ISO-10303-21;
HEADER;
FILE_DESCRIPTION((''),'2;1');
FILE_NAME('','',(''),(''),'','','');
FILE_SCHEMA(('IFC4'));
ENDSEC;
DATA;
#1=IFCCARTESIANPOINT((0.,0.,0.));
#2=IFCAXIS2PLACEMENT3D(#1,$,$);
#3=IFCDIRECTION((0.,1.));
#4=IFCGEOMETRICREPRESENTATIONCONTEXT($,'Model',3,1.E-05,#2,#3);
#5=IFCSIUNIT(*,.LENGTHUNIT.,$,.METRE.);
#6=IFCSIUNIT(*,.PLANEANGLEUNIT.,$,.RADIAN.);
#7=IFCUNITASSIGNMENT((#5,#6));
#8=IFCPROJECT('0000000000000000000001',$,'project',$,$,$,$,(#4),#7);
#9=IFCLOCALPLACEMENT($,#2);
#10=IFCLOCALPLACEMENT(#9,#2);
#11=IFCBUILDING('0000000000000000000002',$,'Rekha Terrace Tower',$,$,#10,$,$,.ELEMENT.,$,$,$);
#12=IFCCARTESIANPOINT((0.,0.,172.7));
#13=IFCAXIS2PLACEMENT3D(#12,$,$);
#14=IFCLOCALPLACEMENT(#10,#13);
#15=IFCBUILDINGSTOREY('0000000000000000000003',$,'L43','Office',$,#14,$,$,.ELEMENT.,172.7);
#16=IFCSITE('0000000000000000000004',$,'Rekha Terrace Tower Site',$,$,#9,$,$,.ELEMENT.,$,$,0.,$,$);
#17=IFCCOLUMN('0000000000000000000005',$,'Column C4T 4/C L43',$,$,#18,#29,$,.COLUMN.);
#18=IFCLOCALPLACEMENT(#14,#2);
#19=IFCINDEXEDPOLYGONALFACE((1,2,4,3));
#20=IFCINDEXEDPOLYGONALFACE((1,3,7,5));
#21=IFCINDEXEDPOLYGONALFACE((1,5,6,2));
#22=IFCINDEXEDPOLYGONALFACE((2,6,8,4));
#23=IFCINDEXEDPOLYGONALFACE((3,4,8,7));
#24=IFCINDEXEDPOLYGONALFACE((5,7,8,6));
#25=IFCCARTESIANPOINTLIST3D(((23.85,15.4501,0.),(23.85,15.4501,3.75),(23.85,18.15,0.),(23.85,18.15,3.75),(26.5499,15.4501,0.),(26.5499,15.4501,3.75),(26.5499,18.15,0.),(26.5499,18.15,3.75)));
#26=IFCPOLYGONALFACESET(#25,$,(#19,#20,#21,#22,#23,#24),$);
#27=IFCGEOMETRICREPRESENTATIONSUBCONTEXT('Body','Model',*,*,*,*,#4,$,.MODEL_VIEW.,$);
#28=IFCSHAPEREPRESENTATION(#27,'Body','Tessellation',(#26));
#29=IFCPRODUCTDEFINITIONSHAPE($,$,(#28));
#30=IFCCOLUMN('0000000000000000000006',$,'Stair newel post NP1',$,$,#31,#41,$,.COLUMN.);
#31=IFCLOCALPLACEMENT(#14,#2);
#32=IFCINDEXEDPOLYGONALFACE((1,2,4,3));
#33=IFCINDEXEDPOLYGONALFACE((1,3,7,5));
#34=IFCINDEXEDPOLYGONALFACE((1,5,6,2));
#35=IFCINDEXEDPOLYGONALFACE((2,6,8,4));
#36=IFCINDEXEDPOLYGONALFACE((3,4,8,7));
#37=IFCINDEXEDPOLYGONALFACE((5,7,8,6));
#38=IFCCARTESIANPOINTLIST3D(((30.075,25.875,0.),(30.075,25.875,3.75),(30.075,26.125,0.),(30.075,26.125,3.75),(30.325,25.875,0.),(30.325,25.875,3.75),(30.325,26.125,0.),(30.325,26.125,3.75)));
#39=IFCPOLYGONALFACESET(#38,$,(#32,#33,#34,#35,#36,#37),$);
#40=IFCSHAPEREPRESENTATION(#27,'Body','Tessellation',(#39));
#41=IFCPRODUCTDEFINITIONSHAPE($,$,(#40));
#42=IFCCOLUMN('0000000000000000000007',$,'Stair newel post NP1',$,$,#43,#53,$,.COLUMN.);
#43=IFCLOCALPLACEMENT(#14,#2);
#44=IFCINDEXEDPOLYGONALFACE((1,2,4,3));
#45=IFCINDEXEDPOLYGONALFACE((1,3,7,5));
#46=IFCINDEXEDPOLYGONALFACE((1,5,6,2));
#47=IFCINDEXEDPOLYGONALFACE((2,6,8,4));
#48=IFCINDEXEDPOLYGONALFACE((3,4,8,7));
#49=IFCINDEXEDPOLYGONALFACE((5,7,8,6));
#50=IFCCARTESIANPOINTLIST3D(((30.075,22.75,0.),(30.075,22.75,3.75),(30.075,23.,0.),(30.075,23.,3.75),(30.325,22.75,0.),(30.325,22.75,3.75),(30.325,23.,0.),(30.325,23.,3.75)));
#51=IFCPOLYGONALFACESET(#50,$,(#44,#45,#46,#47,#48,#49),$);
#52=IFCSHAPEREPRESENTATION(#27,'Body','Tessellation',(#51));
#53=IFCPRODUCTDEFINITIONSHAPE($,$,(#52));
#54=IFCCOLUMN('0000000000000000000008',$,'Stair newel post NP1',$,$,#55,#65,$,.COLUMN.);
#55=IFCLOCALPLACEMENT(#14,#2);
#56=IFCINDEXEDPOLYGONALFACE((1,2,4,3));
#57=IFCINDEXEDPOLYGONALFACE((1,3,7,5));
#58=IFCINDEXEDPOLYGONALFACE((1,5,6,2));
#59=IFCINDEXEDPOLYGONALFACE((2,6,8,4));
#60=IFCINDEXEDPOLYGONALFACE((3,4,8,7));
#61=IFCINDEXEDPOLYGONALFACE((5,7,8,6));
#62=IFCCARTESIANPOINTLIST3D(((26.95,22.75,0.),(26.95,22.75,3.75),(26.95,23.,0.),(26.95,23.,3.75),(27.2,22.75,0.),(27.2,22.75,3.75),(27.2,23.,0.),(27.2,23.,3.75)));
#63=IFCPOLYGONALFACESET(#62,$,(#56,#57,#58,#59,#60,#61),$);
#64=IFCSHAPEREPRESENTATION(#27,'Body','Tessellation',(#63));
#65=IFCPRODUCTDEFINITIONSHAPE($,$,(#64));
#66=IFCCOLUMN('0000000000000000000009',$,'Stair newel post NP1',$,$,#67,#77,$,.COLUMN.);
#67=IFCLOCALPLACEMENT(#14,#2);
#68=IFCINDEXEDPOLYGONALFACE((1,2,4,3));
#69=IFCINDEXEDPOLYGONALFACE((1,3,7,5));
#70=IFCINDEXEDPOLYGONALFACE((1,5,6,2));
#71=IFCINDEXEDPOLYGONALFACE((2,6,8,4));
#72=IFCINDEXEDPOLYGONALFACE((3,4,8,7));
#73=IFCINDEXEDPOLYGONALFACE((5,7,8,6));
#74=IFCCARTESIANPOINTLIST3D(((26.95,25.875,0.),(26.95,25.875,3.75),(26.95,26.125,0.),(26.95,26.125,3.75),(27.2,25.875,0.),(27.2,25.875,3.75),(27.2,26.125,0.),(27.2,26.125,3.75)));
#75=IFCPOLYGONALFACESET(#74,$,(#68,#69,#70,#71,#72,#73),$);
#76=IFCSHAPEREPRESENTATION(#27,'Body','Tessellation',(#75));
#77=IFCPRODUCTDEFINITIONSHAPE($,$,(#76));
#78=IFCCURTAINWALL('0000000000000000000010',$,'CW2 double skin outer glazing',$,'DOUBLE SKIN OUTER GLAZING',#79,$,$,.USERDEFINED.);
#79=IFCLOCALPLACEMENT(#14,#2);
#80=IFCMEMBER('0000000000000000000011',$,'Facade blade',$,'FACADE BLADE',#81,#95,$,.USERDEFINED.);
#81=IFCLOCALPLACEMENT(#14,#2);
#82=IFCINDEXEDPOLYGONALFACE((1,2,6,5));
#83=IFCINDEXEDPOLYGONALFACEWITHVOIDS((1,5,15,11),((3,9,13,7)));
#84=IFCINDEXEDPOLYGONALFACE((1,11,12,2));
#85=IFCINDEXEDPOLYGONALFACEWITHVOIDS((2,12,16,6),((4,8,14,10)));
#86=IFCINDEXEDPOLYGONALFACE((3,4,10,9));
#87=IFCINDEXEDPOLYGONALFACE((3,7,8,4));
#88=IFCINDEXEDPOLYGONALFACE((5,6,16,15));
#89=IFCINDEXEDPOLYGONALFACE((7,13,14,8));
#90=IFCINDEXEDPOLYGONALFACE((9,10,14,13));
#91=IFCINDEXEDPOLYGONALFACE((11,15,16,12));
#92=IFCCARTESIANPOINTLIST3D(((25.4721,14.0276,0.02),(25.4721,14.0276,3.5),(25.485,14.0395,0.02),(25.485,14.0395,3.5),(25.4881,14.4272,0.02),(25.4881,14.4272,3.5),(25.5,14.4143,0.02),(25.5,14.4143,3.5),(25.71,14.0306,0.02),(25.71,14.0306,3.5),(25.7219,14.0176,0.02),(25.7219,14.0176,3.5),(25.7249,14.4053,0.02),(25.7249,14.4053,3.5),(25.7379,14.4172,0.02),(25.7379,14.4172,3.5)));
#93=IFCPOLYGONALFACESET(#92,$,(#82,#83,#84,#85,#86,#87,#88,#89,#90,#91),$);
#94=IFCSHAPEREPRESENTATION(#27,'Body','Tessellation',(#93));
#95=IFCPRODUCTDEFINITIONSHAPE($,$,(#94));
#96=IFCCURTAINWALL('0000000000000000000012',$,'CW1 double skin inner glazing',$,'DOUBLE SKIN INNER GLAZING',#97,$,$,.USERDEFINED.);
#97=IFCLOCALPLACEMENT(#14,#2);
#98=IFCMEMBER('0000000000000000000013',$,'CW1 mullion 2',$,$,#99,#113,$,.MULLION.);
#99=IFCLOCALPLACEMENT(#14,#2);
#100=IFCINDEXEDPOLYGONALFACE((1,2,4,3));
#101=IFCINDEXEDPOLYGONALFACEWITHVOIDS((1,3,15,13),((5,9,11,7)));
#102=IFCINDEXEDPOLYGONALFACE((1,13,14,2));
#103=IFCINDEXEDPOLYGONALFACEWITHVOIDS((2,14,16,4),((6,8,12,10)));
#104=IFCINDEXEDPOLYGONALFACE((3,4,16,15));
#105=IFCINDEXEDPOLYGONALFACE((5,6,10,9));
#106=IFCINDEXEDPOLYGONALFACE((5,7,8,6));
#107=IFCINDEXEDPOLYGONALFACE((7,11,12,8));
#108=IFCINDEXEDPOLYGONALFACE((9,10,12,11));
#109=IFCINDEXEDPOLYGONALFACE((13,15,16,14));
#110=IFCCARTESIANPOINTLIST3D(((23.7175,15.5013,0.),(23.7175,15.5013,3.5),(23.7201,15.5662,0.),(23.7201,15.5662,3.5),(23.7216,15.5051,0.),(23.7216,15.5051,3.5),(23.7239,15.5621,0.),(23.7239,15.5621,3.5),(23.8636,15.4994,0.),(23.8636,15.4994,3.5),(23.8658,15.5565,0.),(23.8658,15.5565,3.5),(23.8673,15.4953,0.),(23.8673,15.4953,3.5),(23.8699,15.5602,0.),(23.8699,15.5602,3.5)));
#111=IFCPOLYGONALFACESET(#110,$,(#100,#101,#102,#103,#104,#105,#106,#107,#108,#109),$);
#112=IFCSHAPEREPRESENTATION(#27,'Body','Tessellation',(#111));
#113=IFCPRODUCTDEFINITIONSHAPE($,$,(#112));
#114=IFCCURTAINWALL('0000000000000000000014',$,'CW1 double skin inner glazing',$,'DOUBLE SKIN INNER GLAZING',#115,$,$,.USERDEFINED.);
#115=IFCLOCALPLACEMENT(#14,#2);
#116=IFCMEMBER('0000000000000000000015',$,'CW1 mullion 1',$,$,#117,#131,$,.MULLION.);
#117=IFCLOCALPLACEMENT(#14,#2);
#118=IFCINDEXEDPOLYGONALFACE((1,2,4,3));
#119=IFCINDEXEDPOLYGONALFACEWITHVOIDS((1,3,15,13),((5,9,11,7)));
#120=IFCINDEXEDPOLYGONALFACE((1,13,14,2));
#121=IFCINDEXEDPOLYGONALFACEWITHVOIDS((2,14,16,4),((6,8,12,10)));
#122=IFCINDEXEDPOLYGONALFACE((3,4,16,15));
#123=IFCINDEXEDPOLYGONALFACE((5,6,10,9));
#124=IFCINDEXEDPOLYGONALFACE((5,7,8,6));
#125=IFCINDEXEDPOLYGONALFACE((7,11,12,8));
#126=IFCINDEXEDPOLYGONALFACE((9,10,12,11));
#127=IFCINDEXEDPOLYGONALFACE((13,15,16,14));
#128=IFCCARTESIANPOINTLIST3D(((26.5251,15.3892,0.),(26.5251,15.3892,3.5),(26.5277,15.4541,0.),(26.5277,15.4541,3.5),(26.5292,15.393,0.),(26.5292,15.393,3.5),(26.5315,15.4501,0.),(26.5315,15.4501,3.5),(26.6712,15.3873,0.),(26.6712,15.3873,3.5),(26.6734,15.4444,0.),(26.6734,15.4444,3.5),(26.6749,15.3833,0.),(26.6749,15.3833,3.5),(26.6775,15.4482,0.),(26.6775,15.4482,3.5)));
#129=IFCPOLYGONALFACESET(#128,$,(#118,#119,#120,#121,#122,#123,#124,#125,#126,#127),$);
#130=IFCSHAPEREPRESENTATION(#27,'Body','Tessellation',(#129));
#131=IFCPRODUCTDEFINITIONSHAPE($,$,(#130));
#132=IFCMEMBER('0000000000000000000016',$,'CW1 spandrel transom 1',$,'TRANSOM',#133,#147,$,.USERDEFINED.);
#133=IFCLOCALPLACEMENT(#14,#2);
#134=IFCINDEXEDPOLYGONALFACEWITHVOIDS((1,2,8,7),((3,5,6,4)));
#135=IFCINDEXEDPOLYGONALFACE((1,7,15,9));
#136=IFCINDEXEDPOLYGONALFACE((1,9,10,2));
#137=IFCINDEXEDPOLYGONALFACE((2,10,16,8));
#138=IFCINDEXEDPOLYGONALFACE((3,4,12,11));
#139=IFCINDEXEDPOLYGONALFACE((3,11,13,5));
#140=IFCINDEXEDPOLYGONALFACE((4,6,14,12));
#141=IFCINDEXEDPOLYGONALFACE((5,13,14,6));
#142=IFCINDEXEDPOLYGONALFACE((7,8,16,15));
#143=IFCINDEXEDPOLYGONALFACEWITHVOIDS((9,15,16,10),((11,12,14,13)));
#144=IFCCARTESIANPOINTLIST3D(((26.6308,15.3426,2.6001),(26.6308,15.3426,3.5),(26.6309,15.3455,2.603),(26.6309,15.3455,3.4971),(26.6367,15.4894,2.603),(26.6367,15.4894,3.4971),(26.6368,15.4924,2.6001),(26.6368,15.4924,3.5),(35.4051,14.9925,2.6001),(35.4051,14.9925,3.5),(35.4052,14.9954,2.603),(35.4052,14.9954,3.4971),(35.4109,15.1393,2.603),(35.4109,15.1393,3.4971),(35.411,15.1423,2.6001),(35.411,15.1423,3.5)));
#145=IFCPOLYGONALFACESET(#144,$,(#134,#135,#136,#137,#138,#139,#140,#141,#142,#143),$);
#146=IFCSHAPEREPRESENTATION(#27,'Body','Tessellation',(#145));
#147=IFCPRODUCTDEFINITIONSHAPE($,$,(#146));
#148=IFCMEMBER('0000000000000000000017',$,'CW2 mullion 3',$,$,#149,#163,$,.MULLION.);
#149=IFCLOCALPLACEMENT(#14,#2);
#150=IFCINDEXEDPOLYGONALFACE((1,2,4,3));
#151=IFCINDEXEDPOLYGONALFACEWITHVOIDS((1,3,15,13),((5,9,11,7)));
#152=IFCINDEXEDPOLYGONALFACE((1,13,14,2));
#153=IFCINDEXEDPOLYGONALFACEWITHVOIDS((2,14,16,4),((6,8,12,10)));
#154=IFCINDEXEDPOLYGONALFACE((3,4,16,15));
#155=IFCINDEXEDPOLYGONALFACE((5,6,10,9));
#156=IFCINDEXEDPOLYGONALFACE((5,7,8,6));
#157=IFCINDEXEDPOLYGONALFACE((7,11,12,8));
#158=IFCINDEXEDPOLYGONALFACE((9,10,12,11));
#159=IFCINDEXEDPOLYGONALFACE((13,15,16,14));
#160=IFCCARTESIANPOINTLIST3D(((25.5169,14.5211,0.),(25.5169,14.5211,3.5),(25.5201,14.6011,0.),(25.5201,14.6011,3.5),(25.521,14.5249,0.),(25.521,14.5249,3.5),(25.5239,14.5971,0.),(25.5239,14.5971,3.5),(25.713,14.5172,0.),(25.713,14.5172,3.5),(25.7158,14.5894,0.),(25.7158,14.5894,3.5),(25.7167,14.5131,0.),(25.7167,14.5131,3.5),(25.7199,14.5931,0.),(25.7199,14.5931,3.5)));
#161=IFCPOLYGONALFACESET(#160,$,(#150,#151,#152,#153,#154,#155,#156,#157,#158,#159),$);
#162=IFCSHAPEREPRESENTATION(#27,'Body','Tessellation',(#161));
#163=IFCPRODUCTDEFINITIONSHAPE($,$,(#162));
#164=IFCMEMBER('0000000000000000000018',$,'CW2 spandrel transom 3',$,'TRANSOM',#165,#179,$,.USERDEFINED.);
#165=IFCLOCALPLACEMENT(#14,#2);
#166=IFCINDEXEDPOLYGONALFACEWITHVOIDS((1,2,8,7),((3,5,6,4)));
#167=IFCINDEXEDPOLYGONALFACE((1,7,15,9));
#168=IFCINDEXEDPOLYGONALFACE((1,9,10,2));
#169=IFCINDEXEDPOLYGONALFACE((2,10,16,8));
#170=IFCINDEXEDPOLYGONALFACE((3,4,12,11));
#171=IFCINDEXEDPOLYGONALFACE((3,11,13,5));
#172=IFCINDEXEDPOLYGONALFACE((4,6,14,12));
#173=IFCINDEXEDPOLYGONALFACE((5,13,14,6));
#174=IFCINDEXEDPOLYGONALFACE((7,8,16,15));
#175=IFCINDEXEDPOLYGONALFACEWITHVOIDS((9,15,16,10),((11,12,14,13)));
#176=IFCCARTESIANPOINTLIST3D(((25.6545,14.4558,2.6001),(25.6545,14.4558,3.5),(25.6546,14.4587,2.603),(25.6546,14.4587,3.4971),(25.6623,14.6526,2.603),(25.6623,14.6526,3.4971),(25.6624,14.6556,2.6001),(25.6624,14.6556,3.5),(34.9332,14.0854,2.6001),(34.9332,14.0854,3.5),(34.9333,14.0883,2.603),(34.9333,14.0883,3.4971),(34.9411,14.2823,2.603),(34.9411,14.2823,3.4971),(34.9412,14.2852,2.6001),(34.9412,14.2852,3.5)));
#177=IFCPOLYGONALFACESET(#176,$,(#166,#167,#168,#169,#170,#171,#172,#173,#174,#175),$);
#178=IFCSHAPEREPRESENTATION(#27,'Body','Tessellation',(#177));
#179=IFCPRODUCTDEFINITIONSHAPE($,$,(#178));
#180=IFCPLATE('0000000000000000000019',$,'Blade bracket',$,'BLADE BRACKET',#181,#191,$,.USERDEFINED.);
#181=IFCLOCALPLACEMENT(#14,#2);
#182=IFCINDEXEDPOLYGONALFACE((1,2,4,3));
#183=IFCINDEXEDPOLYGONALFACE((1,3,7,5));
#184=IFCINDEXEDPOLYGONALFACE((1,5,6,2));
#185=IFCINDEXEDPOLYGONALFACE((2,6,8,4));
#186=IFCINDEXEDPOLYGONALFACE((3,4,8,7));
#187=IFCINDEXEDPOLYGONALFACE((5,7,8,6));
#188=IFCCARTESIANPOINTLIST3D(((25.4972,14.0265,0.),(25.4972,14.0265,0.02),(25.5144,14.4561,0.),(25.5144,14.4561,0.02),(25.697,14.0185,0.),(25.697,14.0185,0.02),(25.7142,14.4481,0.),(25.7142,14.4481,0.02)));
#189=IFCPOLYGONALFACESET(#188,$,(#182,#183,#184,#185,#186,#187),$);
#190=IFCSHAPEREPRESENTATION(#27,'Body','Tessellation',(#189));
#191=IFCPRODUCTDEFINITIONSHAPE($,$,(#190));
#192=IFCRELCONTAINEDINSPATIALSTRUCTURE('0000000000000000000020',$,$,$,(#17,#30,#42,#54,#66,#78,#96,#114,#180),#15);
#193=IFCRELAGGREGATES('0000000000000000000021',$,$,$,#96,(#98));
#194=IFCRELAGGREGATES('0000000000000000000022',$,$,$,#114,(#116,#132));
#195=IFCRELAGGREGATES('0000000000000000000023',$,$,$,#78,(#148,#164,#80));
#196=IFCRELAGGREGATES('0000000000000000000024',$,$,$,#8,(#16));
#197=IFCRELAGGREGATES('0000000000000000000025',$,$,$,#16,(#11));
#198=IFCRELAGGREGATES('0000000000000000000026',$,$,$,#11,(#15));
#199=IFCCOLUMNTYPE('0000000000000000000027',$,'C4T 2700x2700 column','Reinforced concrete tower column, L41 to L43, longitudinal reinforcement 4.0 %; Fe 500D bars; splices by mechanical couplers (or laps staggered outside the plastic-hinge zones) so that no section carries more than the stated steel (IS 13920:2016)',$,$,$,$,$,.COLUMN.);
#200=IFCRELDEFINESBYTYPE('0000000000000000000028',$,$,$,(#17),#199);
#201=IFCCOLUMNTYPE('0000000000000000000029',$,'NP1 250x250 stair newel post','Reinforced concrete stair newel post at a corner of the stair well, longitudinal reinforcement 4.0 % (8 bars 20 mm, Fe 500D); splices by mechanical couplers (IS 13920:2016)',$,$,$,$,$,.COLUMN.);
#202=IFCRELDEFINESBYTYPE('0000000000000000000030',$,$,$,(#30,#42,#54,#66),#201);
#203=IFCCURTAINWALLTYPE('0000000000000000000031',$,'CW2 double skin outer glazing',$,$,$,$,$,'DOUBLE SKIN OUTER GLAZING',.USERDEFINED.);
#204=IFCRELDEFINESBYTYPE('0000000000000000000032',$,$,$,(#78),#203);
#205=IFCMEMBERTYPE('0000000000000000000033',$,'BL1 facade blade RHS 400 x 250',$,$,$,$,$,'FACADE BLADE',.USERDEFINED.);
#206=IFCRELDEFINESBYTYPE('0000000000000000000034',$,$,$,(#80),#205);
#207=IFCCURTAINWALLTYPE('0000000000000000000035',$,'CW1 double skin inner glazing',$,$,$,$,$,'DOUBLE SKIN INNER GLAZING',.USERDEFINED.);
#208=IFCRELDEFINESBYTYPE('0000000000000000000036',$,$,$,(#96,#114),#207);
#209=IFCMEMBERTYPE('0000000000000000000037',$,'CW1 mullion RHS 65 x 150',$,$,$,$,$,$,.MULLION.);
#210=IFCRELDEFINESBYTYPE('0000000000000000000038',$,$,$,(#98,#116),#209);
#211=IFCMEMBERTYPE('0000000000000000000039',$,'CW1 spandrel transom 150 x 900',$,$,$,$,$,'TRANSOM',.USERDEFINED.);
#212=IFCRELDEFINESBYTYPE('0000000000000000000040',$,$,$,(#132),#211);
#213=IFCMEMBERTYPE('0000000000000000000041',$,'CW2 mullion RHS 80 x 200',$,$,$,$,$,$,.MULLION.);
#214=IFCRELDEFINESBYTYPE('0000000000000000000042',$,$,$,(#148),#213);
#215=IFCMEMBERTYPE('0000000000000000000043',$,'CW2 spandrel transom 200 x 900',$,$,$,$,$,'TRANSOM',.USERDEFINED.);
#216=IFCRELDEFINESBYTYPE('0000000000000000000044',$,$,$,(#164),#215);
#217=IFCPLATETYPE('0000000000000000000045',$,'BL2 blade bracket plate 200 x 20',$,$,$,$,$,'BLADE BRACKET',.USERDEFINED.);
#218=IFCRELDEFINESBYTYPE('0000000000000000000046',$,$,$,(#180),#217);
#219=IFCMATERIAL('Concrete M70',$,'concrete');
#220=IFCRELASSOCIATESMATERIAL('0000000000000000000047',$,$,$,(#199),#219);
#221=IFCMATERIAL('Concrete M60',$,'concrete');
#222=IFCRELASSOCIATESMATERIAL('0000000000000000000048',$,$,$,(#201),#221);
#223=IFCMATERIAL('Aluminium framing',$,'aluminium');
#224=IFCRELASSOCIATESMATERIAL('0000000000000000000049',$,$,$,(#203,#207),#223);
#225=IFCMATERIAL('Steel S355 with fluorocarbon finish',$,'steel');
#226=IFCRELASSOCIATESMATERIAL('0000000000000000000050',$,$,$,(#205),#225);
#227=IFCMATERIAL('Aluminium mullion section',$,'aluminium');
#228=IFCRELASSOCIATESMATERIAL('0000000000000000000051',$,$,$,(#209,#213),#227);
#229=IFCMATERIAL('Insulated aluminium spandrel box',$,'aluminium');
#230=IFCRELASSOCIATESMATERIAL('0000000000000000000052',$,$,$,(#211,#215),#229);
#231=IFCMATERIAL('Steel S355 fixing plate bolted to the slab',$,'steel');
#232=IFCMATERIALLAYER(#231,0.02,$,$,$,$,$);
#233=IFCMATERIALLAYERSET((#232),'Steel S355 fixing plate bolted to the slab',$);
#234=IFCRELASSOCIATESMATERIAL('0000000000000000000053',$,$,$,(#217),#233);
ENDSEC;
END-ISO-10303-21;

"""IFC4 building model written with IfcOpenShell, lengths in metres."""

from ifc_helpers import new_model, si_unit, direction, frame, origin, origin_2d, place, context, subcontext, project, spatial, rectangle, hollow_rectangle, extrude, material, layer, layer_set, material_profile, profile_set, type_object, element, aggregate, save


model = new_model("IFC4")

# Units and contexts
model_context = context("Model", 3, precision=1e-05, world=origin(), true_north=direction((0.0, 1.0)))
body_context = subcontext(model_context, "Body", "Model", "MODEL_VIEW")
ifc_project = project(units=[si_unit("LENGTHUNIT", "METRE"), si_unit("PLANEANGLEUNIT", "RADIAN")], contexts=[model_context])

# Site, building, storey
site_placement = place(None, origin())
site = spatial("IfcSite", under=ifc_project, at=site_placement, Name="Rekha Terrace Tower Site", CompositionType="ELEMENT", RefElevation=0.0)
building_placement = place(site_placement, origin())
building = spatial("IfcBuilding", under=site, at=building_placement, Name="Rekha Terrace Tower", CompositionType="ELEMENT")
storey_placement = place(building_placement, frame((0.0, 0.0, 172.7)))
storey = spatial("IfcBuildingStorey", under=building, at=storey_placement, Name="L43", Description="Office", CompositionType="ELEMENT", Elevation=172.7)

# Columns
ifc_material_1 = material(Name="Concrete M70", Category="concrete")
ifc_material_profile_1 = material_profile(ifc_material_1, rectangle(XDim=2.7, YDim=2.7, at=origin_2d()), Name="RC 2700x2700")
ifc_profile_set_1 = profile_set([ifc_material_profile_1], Name="Concrete M70")
column_type_1 = type_object("IfcColumnType", Name="C4T 2700x2700 column", Description="Reinforced concrete tower column, L41 to L43, longitudinal reinforcement 4.0 %; Fe 500D bars; splices by mechanical couplers (or laps staggered outside the plastic-hinge zones) so that no section carries more than the stated steel (IS 13920:2016)", PredefinedType="COLUMN", material=ifc_profile_set_1)
column_placement = place(storey_placement, frame((25.2, 16.8, 0.0), z_axis=(0.0, 0.0, 1.0), x_axis=(1.0, 0.0, 0.0)))
element("IfcColumn", 1, at=column_placement, inside=storey, type_object=column_type_1, Name="Column C4T 4/C L43", PredefinedType="COLUMN", context=body_context, shape_type="SweptSolid", body=[
    extrude(rectangle(XDim=2.7, YDim=2.7, at=origin_2d()), origin(), (0.0, 0.0, 1.0), 3.75),
])
ifc_material_2 = material(Name="Concrete M60", Category="concrete")
ifc_material_profile_2 = material_profile(ifc_material_2, rectangle(XDim=0.25, YDim=0.25, at=origin_2d()), Name="RC 250x250")
ifc_profile_set_2 = profile_set([ifc_material_profile_2], Name="Concrete M60")
column_type_2 = type_object("IfcColumnType", Name="NP1 250x250 stair newel post", Description="Reinforced concrete stair newel post at a corner of the stair well, longitudinal reinforcement 4.0 % (8 bars 20 mm, Fe 500D); splices by mechanical couplers (IS 13920:2016)", PredefinedType="COLUMN", material=ifc_profile_set_2)
for number, where, z_axis, x_axis, name in (
    (2, (30.2, 26.0, 0.0), (0.0, 0.0, 1.0), (1.0, 0.0, 0.0), "Stair newel post NP1"),
    (3, (30.2, 22.875, 0.0), (0.0, 0.0, 1.0), (1.0, 0.0, 0.0), "Stair newel post NP1"),
    (4, (27.075, 22.875, 0.0), (0.0, 0.0, 1.0), (1.0, 0.0, 0.0), "Stair newel post NP1"),
    (5, (27.075, 26.0, 0.0), (0.0, 0.0, 1.0), (1.0, 0.0, 0.0), "Stair newel post NP1"),
):
    element("IfcColumn", number, at=place(storey_placement, frame(where, z_axis=z_axis, x_axis=x_axis)), inside=storey, type_object=column_type_2, Name=name, PredefinedType="COLUMN", context=body_context, shape_type="SweptSolid", body=[
        extrude(rectangle(XDim=0.25, YDim=0.25, at=origin_2d()), origin(), (0.0, 0.0, 1.0), 3.75),
    ])

# Curtain walls, members
ifc_material_3 = material(Name="Aluminium framing", Category="aluminium")
curtain_wall_type_1 = type_object("IfcCurtainWallType", Name="CW2 double skin outer glazing", ElementType="DOUBLE SKIN OUTER GLAZING", PredefinedType="USERDEFINED", material=ifc_material_3)
curtain_wall_1_placement = place(storey_placement, origin())
curtain_wall_1 = element("IfcCurtainWall", 6, at=curtain_wall_1_placement, inside=storey, type_object=curtain_wall_type_1, Name="CW2 double skin outer glazing", ObjectType="DOUBLE SKIN OUTER GLAZING", PredefinedType="USERDEFINED")
ifc_material_4 = material(Name="Steel S355 with fluorocarbon finish", Category="steel")
ifc_material_profile_3 = material_profile(ifc_material_4, hollow_rectangle(XDim=0.25, YDim=0.3999, WallThickness=0.0125, at=origin_2d()), Name="RHS400x250x12.5")
ifc_profile_set_3 = profile_set([ifc_material_profile_3], Name="Steel S355 with fluorocarbon finish")
member_type_1 = type_object("IfcMemberType", Name="BL1 facade blade RHS 400 x 250", ElementType="FACADE BLADE", PredefinedType="USERDEFINED", material=ifc_profile_set_3)
member_1_placement = place(storey_placement, frame((25.605, 14.2224, 0.02), z_axis=(0.0, 0.0, 1.0), x_axis=(0.999205, -0.039872, 0.0)))
member_1 = element("IfcMember", 7, at=member_1_placement, type_object=member_type_1, Name="Facade blade", ObjectType="FACADE BLADE", PredefinedType="USERDEFINED", context=body_context, shape_type="SweptSolid", body=[
    extrude(hollow_rectangle(XDim=0.25, YDim=0.3999, WallThickness=0.0125, at=origin_2d()), origin(), (0.0, 0.0, 1.0), 3.48),
])
curtain_wall_type_2 = type_object("IfcCurtainWallType", Name="CW1 double skin inner glazing", ElementType="DOUBLE SKIN INNER GLAZING", PredefinedType="USERDEFINED", material=ifc_material_3)
curtain_wall_2_placement = place(storey_placement, origin())
curtain_wall_2 = element("IfcCurtainWall", 8, at=curtain_wall_2_placement, inside=storey, type_object=curtain_wall_type_2, Name="CW1 double skin inner glazing", ObjectType="DOUBLE SKIN INNER GLAZING", PredefinedType="USERDEFINED")
ifc_material_5 = material(Name="Aluminium mullion section", Category="aluminium")
ifc_material_profile_4 = material_profile(ifc_material_5, hollow_rectangle(XDim=0.0649, YDim=0.1499, WallThickness=0.0039, at=origin_2d()), Name="AL RHS 65x150")
ifc_profile_set_4 = profile_set([ifc_material_profile_4], Name="Aluminium mullion section")
member_type_2 = type_object("IfcMemberType", Name="CW1 mullion RHS 65 x 150", PredefinedType="MULLION", material=ifc_profile_set_4)
member_2_placement = place(storey_placement, frame((23.7937, 15.5308, 0.0), z_axis=(0.0, 0.0, 1.0), x_axis=(0.039872, 0.999205, 0.0)))
member_2 = element("IfcMember", 9, at=member_2_placement, type_object=member_type_2, Name="CW1 mullion 2", PredefinedType="MULLION", context=body_context, shape_type="SweptSolid", body=[
    extrude(hollow_rectangle(XDim=0.0649, YDim=0.1499, WallThickness=0.0039, at=origin_2d()), origin(), (0.0, 0.0, 1.0), 3.5),
])
aggregate(curtain_wall_2, [member_2])

# Curtain wall, members
curtain_wall_3_placement = place(storey_placement, origin())
curtain_wall_3 = element("IfcCurtainWall", 10, at=curtain_wall_3_placement, inside=storey, type_object=curtain_wall_type_2, Name="CW1 double skin inner glazing", ObjectType="DOUBLE SKIN INNER GLAZING", PredefinedType="USERDEFINED")
member_3_placement = place(storey_placement, frame((26.6013, 15.4187, 0.0), z_axis=(0.0, 0.0, 1.0), x_axis=(0.039872, 0.999205, 0.0)))
member_3 = element("IfcMember", 11, at=member_3_placement, type_object=member_type_2, Name="CW1 mullion 1", PredefinedType="MULLION", context=body_context, shape_type="SweptSolid", body=[
    extrude(hollow_rectangle(XDim=0.0649, YDim=0.1499, WallThickness=0.0039, at=origin_2d()), origin(), (0.0, 0.0, 1.0), 3.5),
])
ifc_material_6 = material(Name="Insulated aluminium spandrel box", Category="aluminium")
ifc_material_profile_5 = material_profile(ifc_material_6, hollow_rectangle(XDim=0.1499, YDim=0.8999, WallThickness=0.0029, at=origin_2d()), Name="AL SPANDREL BOX 150x900")
ifc_profile_set_5 = profile_set([ifc_material_profile_5], Name="Insulated aluminium spandrel box")
member_type_3 = type_object("IfcMemberType", Name="CW1 spandrel transom 150 x 900", ElementType="TRANSOM", PredefinedType="USERDEFINED", material=ifc_profile_set_5)
member_4_placement = place(storey_placement, frame((26.6338, 15.4175, 3.05), z_axis=(0.999205, -0.039869, 0.0), x_axis=(0.039869, 0.999205, 0.0)))
member_4 = element("IfcMember", 12, at=member_4_placement, type_object=member_type_3, Name="CW1 spandrel transom 1", ObjectType="TRANSOM", PredefinedType="USERDEFINED", context=body_context, shape_type="SweptSolid", body=[
    extrude(hollow_rectangle(XDim=0.1499, YDim=0.8999, WallThickness=0.0029, at=origin_2d()), origin(), (0.0, 0.0, 1.0), 8.7812),
])
aggregate(curtain_wall_3, [member_3, member_4])

# Members
ifc_material_profile_6 = material_profile(ifc_material_5, hollow_rectangle(XDim=0.0801, YDim=0.2, WallThickness=0.0039, at=origin_2d()), Name="AL RHS 80x200")
ifc_profile_set_6 = profile_set([ifc_material_profile_6], Name="Aluminium mullion section")
member_type_4 = type_object("IfcMemberType", Name="CW2 mullion RHS 80 x 200", PredefinedType="MULLION", material=ifc_profile_set_6)
member_5_placement = place(storey_placement, frame((25.6184, 14.5571, 0.0), z_axis=(0.0, 0.0, 1.0), x_axis=(0.039872, 0.999205, 0.0)))
member_5 = element("IfcMember", 13, at=member_5_placement, type_object=member_type_4, Name="CW2 mullion 3", PredefinedType="MULLION", context=body_context, shape_type="SweptSolid", body=[
    extrude(hollow_rectangle(XDim=0.0801, YDim=0.2, WallThickness=0.0039, at=origin_2d()), origin(), (0.0, 0.0, 1.0), 3.5),
])
ifc_material_profile_7 = material_profile(ifc_material_6, hollow_rectangle(XDim=0.2, YDim=0.8999, WallThickness=0.0029, at=origin_2d()), Name="AL SPANDREL BOX 200x900")
ifc_profile_set_7 = profile_set([ifc_material_profile_7], Name="Insulated aluminium spandrel box")
member_type_5 = type_object("IfcMemberType", Name="CW2 spandrel transom 200 x 900", ElementType="TRANSOM", PredefinedType="USERDEFINED", material=ifc_profile_set_7)
member_6_placement = place(storey_placement, frame((25.6584, 14.5557, 3.05), z_axis=(0.999204, -0.039883, 0.0), x_axis=(0.039883, 0.999204, 0.0)))
member_6 = element("IfcMember", 14, at=member_6_placement, type_object=member_type_5, Name="CW2 spandrel transom 3", ObjectType="TRANSOM", PredefinedType="USERDEFINED", context=body_context, shape_type="SweptSolid", body=[
    extrude(hollow_rectangle(XDim=0.2, YDim=0.8999, WallThickness=0.0029, at=origin_2d()), origin(), (0.0, 0.0, 1.0), 9.2861),
])
aggregate(curtain_wall_1, [member_5, member_6, member_1])

# Plate
ifc_material_7 = material(Name="Steel S355 fixing plate bolted to the slab", Category="steel")
ifc_layer_1 = layer(ifc_material_7, 0.02)
ifc_layer_set_1 = layer_set([ifc_layer_1], Name="Steel S355 fixing plate bolted to the slab")
plate_type = type_object("IfcPlateType", Name="BL2 blade bracket plate 200 x 20", ElementType="BLADE BRACKET", PredefinedType="USERDEFINED", material=ifc_layer_set_1)
plate_placement = place(storey_placement, frame((25.6057, 14.2373, 0.0), z_axis=(0.0, 0.0, 1.0), x_axis=(-0.039872, -0.999205, 0.0)))
element("IfcPlate", 15, at=plate_placement, inside=storey, type_object=plate_type, Name="Blade bracket", ObjectType="BLADE BRACKET", PredefinedType="USERDEFINED", context=body_context, shape_type="SweptSolid", body=[
    extrude(rectangle(XDim=0.4299, YDim=0.2, at=origin_2d()), origin(), (0.0, 0.0, 1.0), 0.02),
])

save(model, "model.ifc")
